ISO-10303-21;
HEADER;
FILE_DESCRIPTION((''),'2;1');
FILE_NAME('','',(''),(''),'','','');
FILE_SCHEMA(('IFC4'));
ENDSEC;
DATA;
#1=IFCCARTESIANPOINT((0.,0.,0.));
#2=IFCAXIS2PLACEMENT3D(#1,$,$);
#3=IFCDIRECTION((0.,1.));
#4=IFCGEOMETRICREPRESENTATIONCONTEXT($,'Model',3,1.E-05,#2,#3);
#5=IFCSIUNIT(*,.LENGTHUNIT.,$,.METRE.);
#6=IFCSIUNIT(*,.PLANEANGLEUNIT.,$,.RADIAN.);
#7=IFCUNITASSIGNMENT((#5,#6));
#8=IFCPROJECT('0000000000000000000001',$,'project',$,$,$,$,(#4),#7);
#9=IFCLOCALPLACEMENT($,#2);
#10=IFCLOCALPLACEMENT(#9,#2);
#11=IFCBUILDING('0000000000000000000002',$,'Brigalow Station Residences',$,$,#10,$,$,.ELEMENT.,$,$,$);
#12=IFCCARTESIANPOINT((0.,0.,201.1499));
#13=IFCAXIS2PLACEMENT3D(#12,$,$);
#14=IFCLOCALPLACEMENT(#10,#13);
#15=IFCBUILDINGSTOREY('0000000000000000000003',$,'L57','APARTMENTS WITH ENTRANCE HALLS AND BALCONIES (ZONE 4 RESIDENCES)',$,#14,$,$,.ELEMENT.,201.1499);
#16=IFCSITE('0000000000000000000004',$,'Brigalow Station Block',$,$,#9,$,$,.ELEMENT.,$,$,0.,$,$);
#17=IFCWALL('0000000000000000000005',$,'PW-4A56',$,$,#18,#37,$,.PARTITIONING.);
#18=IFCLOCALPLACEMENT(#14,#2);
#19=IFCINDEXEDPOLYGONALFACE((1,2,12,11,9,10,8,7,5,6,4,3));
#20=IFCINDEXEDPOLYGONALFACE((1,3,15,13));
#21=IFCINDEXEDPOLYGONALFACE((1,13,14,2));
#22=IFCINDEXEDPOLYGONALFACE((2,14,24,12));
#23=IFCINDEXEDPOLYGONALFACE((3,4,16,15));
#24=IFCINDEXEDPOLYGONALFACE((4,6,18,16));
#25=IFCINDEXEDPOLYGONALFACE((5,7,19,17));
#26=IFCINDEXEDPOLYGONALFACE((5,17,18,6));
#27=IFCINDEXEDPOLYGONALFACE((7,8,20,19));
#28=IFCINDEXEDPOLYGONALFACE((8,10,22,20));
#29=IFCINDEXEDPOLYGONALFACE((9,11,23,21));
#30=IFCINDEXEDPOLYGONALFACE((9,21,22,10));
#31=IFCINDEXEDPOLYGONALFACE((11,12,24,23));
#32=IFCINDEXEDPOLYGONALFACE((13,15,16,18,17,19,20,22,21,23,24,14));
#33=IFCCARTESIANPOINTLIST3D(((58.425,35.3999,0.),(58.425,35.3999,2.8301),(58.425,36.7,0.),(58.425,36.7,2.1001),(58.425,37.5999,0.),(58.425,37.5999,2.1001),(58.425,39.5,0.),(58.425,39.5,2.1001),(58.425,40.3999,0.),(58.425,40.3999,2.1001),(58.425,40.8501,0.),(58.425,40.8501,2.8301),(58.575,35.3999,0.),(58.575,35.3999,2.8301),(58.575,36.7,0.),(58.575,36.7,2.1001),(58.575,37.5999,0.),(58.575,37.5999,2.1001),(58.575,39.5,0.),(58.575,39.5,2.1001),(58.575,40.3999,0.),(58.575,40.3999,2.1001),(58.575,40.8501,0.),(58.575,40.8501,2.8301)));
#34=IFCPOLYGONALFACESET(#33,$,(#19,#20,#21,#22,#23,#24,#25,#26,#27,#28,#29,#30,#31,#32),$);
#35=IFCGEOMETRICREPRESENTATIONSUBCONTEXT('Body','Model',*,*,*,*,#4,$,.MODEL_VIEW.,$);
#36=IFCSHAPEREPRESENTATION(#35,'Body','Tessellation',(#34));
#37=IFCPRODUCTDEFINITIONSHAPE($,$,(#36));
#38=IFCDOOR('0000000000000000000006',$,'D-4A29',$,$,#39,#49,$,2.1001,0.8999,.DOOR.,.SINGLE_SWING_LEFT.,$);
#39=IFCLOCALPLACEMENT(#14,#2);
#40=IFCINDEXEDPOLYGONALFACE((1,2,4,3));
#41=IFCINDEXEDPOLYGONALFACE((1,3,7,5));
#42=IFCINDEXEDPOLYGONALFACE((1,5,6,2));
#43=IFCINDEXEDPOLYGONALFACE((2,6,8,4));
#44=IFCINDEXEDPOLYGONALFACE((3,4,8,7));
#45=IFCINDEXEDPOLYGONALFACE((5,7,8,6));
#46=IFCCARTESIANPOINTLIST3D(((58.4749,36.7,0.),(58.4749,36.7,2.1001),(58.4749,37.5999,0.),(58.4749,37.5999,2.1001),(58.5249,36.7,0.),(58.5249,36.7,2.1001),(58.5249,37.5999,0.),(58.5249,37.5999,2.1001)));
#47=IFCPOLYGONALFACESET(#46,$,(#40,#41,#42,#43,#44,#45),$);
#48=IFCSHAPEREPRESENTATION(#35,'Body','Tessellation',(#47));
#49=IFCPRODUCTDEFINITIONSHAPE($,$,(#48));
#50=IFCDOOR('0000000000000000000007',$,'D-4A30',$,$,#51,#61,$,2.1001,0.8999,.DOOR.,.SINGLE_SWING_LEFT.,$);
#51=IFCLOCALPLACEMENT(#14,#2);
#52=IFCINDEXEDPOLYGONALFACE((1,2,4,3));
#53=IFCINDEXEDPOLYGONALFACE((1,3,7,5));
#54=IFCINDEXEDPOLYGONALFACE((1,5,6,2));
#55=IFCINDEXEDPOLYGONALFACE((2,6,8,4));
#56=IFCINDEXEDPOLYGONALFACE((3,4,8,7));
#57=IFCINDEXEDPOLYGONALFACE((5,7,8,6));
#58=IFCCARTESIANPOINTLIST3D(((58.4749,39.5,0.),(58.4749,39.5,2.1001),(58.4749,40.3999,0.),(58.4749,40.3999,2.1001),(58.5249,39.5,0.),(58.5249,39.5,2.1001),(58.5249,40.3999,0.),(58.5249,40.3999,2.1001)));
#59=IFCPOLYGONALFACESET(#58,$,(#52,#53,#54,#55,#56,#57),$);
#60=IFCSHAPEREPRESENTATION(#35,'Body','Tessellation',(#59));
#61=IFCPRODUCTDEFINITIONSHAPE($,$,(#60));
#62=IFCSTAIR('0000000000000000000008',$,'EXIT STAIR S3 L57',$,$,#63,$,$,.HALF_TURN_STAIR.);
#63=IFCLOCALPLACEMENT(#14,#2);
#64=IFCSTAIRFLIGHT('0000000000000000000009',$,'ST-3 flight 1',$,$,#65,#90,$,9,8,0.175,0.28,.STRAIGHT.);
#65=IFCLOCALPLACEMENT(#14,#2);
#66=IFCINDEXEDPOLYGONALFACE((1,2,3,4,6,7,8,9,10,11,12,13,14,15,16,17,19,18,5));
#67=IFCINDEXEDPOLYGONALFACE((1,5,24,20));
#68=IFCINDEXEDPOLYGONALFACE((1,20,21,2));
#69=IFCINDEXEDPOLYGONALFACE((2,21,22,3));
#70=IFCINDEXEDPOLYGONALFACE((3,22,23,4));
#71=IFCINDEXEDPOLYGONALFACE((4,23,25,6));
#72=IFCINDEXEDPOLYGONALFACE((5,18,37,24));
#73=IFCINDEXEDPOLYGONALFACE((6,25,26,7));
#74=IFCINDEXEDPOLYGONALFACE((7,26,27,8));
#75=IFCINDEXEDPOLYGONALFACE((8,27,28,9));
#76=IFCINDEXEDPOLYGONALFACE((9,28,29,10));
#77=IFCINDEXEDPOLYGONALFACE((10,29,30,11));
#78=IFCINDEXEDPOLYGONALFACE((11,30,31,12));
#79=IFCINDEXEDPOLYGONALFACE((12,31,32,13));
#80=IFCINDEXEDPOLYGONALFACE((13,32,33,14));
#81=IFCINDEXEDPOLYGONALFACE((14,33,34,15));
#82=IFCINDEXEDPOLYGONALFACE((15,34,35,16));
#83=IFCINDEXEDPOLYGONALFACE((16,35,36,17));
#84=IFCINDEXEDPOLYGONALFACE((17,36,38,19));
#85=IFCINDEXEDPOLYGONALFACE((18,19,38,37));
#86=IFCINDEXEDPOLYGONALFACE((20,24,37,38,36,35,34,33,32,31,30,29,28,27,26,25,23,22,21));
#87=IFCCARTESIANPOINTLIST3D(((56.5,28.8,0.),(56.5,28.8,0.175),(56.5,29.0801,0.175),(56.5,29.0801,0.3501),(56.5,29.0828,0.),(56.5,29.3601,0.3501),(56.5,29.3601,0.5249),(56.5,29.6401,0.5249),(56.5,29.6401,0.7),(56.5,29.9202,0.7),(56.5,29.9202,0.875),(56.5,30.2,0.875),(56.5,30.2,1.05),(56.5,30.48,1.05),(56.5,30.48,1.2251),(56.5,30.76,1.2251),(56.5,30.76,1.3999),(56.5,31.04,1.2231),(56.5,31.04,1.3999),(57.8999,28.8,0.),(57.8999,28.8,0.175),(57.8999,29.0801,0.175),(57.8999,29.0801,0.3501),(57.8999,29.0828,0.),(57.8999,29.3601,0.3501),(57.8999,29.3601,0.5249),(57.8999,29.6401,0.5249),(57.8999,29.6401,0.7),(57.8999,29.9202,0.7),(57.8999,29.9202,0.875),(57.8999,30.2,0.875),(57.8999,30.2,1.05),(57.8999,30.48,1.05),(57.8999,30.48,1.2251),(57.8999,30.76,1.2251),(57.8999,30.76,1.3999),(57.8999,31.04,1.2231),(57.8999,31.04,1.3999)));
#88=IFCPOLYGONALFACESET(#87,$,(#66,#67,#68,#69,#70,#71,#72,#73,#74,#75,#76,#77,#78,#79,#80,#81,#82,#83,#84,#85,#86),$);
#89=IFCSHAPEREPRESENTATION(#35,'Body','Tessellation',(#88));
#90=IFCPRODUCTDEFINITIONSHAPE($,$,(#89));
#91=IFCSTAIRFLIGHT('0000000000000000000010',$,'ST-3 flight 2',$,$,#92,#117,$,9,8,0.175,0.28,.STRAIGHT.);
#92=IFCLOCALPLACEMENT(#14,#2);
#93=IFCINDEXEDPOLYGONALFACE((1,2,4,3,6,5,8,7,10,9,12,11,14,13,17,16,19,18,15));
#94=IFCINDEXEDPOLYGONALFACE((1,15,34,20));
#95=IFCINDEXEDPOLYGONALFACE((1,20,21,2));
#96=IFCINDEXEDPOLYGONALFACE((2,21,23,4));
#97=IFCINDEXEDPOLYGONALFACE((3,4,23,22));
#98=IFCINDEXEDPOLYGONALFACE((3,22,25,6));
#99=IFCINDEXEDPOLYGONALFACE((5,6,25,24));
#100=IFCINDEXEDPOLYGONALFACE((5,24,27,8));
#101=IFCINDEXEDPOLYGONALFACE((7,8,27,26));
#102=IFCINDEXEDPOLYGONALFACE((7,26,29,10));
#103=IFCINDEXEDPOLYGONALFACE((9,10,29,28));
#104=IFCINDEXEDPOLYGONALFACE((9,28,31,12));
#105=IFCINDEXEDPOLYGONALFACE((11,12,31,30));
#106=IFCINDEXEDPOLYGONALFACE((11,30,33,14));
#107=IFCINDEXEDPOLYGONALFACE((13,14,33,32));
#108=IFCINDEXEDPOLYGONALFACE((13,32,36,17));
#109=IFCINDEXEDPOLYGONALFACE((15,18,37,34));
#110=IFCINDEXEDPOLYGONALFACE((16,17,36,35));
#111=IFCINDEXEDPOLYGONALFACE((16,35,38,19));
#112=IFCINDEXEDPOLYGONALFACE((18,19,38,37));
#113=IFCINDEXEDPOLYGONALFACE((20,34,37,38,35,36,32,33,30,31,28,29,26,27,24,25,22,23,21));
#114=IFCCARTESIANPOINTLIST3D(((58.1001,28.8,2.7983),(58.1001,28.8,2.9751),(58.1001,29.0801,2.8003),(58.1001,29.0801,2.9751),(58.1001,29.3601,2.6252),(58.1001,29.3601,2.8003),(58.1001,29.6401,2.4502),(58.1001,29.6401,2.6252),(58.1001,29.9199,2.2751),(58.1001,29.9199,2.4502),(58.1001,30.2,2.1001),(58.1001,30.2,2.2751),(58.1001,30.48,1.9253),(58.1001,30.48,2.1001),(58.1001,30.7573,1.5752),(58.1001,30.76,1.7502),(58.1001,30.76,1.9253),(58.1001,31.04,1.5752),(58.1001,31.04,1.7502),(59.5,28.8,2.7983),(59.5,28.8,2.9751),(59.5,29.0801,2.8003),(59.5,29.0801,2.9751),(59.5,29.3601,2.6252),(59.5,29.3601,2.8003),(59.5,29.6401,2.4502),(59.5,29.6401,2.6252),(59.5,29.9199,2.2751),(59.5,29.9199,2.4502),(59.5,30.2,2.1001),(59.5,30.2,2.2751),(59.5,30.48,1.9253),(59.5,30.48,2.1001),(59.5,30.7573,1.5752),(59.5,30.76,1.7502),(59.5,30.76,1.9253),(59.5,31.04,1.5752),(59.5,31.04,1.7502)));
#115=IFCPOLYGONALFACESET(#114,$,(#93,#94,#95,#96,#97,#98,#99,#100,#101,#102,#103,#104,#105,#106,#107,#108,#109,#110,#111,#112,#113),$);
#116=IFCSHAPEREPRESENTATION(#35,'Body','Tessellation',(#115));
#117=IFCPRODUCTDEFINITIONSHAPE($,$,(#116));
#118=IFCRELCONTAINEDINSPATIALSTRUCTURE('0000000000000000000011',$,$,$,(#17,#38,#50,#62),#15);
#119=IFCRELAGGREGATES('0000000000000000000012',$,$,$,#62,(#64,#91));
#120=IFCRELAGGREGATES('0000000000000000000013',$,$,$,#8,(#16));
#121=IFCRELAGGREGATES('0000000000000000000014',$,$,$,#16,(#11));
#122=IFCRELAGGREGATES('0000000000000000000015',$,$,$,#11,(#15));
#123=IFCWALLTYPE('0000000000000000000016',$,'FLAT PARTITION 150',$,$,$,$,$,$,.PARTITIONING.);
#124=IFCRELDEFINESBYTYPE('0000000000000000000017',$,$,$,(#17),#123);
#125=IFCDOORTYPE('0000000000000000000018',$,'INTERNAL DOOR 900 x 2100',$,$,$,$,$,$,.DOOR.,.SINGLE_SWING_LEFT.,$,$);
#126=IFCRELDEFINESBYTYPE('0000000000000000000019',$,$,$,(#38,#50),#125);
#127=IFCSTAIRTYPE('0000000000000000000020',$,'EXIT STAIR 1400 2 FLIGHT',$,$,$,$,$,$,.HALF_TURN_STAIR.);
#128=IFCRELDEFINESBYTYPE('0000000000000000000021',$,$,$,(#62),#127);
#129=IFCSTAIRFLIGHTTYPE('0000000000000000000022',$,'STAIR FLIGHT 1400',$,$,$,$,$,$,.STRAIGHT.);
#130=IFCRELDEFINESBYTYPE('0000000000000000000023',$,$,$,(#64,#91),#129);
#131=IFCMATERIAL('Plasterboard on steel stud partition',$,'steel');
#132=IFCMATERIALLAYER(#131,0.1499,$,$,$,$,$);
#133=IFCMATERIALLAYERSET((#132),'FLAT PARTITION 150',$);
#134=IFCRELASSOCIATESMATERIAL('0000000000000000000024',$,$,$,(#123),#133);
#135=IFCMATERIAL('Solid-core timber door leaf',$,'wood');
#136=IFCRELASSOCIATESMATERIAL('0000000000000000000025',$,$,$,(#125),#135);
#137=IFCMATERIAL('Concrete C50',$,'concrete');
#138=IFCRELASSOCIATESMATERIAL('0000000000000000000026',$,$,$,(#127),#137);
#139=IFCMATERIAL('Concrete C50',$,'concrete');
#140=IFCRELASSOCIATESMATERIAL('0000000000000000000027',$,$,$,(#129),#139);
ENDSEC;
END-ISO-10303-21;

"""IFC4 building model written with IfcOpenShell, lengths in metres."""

from ifc_helpers import new_model, si_unit, direction, frame, frame_2d, origin, place, context, subcontext, project, spatial, polyline, rectangle, outline, extrude, material, layer, layer_set, type_object, element, fill, aggregate, save


model = new_model("IFC4")

# Units and contexts
model_context = context("Model", 3, precision=1e-05, world=origin(), true_north=direction((0.0, 1.0)))
body_context = subcontext(model_context, "Body", "Model", "MODEL_VIEW")
ifc_project = project(units=[si_unit("LENGTHUNIT", "METRE"), si_unit("PLANEANGLEUNIT", "RADIAN")], contexts=[model_context])

# Site, building, storey
site_placement = place(None, origin())
site = spatial("IfcSite", under=ifc_project, at=site_placement, Name="Brigalow Station Block", CompositionType="ELEMENT", RefElevation=0.0)
building_placement = place(site_placement, origin())
building = spatial("IfcBuilding", under=site, at=building_placement, Name="Brigalow Station Residences", CompositionType="ELEMENT")
storey_placement = place(building_placement, frame((0.0, 0.0, 201.1499)))
storey = spatial("IfcBuildingStorey", under=building, at=storey_placement, Name="L57", Description="APARTMENTS WITH ENTRANCE HALLS AND BALCONIES (ZONE 4 RESIDENCES)", CompositionType="ELEMENT", Elevation=201.1499)

# Wall, openings, doors
ifc_material_1 = material(Name="Plasterboard on steel stud partition", Category="steel")
ifc_layer_1 = layer(ifc_material_1, 0.1499)
ifc_layer_set_1 = layer_set([ifc_layer_1], Name="FLAT PARTITION 150")
wall_type_1 = type_object("IfcWallType", Name="FLAT PARTITION 150", PredefinedType="PARTITIONING", material=ifc_layer_set_1)
ifc_material_2 = material(Name="Solid-core timber door leaf", Category="wood")
door_type_1 = type_object("IfcDoorType", Name="INTERNAL DOOR 900 x 2100", OperationType="SINGLE_SWING_LEFT", PredefinedType="DOOR", material=ifc_material_2)
wall_1_placement = place(storey_placement, frame((58.5, 35.3999, 0.0), z_axis=(0.0, 0.0, 1.0), x_axis=(0.0, 1.0, 0.0)))
wall_1 = element("IfcWall", 1, at=wall_1_placement, inside=storey, type_object=wall_type_1, Name="PW-4A56", PredefinedType="PARTITIONING", context=body_context, shape_type="SweptSolid", body=[
    extrude(rectangle(XDim=5.4502, YDim=0.1499, at=frame_2d((2.7251, 0.0))), origin(), (0.0, 0.0, 1.0), 2.8301),
])
opening_1_placement = place(wall_1_placement, frame((1.3, 0.0, 0.0)))
opening_1 = element("IfcOpeningElement", 2, at=opening_1_placement, cuts=wall_1, PredefinedType="OPENING", context=body_context, shape_type="SweptSolid", body=[
    extrude(rectangle(XDim=0.8999, YDim=2.1001, at=frame_2d((0.45, 1.05))), frame((0.0, 0.085, 0.0), z_axis=(0.0, -1.0, 0.0), x_axis=(1.0, 0.0, 0.0)), (0.0, 0.0, 1.0), 0.1699),
])
opening_2_placement = place(wall_1_placement, frame((4.1001, 0.0, 0.0)))
opening_2 = element("IfcOpeningElement", 3, at=opening_2_placement, cuts=wall_1, PredefinedType="OPENING", context=body_context, shape_type="SweptSolid", body=[
    extrude(rectangle(XDim=0.8999, YDim=2.1001, at=frame_2d((0.45, 1.05))), frame((0.0, 0.085, 0.0), z_axis=(0.0, -1.0, 0.0), x_axis=(1.0, 0.0, 0.0)), (0.0, 0.0, 1.0), 0.1699),
])
door_1_placement = place(opening_1_placement, frame((0.8999, 0.0, 0.0), z_axis=(0.0, 0.0, 1.0), x_axis=(-1.0, 0.0, 0.0)))
door_1 = element("IfcDoor", 4, at=door_1_placement, inside=storey, type_object=door_type_1, Name="D-4A29", OperationType="SINGLE_SWING_LEFT", OverallHeight=2.1001, OverallWidth=0.8999, PredefinedType="DOOR", context=body_context, shape_type="SweptSolid", body=[
    extrude(rectangle(XDim=0.8999, YDim=2.1001, at=frame_2d((0.45, 1.05))), frame((0.0, 0.0249, 0.0), z_axis=(0.0, -1.0, 0.0), x_axis=(1.0, 0.0, 0.0)), (0.0, 0.0, 1.0), 0.05),
])
fill(opening_1, door_1)
door_2_placement = place(opening_2_placement, frame((0.8999, 0.0, 0.0), z_axis=(0.0, 0.0, 1.0), x_axis=(-1.0, 0.0, 0.0)))
door_2 = element("IfcDoor", 5, at=door_2_placement, inside=storey, type_object=door_type_1, Name="D-4A30", OperationType="SINGLE_SWING_LEFT", OverallHeight=2.1001, OverallWidth=0.8999, PredefinedType="DOOR", context=body_context, shape_type="SweptSolid", body=[
    extrude(rectangle(XDim=0.8999, YDim=2.1001, at=frame_2d((0.45, 1.05))), frame((0.0, 0.0249, 0.0), z_axis=(0.0, -1.0, 0.0), x_axis=(1.0, 0.0, 0.0)), (0.0, 0.0, 1.0), 0.05),
])
fill(opening_2, door_2)

# Stair, stair flights
ifc_material_3 = material(Name="Concrete C50", Category="concrete")
stair_type = type_object("IfcStairType", Name="EXIT STAIR 1400 2 FLIGHT", PredefinedType="HALF_TURN_STAIR", material=ifc_material_3)
stair_placement = place(storey_placement, origin())
stair = element("IfcStair", 6, at=stair_placement, inside=storey, type_object=stair_type, Name="EXIT STAIR S3 L57", PredefinedType="HALF_TURN_STAIR")
ifc_material_4 = material(Name="Concrete C50", Category="concrete")
stair_flight_type = type_object("IfcStairFlightType", Name="STAIR FLIGHT 1400", PredefinedType="STRAIGHT", material=ifc_material_4)
stair_flight_1_placement = place(storey_placement, frame((57.2, 28.8, 0.0), z_axis=(0.0, 0.0, 1.0), x_axis=(0.0, 1.0, 0.0)))
stair_flight_1 = element("IfcStairFlight", 7, at=stair_flight_1_placement, type_object=stair_flight_type, Name="ST-3 flight 1", NumberOfRisers=9, NumberOfTreads=8, PredefinedType="STRAIGHT", RiserHeight=0.175, TreadLength=0.28, context=body_context, shape_type="SweptSolid", body=[
    extrude(outline(polyline([(0.0, 0.0), (0.0, 0.175), (0.28, 0.175), (0.28, 0.3501), (0.5601, 0.3501), (0.5601, 0.5249), (0.8401, 0.5249), (0.8401, 0.7), (1.1201, 0.7), (1.1201, 0.875), (1.3999, 0.875), (1.3999, 1.05), (1.6799, 1.05), (1.6799, 1.2251), (1.96, 1.2251), (1.96, 1.3999), (2.24, 1.3999), (2.24, 1.575), (2.24, 1.2231), (0.2827, 0.0), (0.0, 0.0)])), frame((0.0, 0.7, 0.0), z_axis=(0.0, -1.0, 0.0), x_axis=(1.0, 0.0, 0.0)), (0.0, 0.0, 1.0), 1.3999),
])
stair_flight_2_placement = place(storey_placement, frame((58.8, 31.04, 1.5752), z_axis=(0.0, 0.0, 1.0), x_axis=(0.0, -1.0, 0.0)))
stair_flight_2 = element("IfcStairFlight", 8, at=stair_flight_2_placement, type_object=stair_flight_type, Name="ST-3 flight 2", NumberOfRisers=9, NumberOfTreads=8, PredefinedType="STRAIGHT", RiserHeight=0.175, TreadLength=0.28, context=body_context, shape_type="SweptSolid", body=[
    extrude(outline(polyline([(0.0, 0.0), (0.0, 0.175), (0.28, 0.175), (0.28, 0.3501), (0.5601, 0.3501), (0.5601, 0.5249), (0.8401, 0.5249), (0.8401, 0.7), (1.1201, 0.7), (1.1201, 0.875), (1.3999, 0.875), (1.3999, 1.05), (1.6799, 1.05), (1.6799, 1.2251), (1.96, 1.2251), (1.96, 1.3999), (2.24, 1.3999), (2.24, 1.575), (2.24, 1.2231), (0.2827, 0.0), (0.0, 0.0)])), frame((0.0, 0.7, 0.0), z_axis=(0.0, -1.0, 0.0), x_axis=(1.0, 0.0, 0.0)), (0.0, 0.0, 1.0), 1.3999),
])
aggregate(stair, [stair_flight_1, stair_flight_2])

save(model, "model.ifc")
